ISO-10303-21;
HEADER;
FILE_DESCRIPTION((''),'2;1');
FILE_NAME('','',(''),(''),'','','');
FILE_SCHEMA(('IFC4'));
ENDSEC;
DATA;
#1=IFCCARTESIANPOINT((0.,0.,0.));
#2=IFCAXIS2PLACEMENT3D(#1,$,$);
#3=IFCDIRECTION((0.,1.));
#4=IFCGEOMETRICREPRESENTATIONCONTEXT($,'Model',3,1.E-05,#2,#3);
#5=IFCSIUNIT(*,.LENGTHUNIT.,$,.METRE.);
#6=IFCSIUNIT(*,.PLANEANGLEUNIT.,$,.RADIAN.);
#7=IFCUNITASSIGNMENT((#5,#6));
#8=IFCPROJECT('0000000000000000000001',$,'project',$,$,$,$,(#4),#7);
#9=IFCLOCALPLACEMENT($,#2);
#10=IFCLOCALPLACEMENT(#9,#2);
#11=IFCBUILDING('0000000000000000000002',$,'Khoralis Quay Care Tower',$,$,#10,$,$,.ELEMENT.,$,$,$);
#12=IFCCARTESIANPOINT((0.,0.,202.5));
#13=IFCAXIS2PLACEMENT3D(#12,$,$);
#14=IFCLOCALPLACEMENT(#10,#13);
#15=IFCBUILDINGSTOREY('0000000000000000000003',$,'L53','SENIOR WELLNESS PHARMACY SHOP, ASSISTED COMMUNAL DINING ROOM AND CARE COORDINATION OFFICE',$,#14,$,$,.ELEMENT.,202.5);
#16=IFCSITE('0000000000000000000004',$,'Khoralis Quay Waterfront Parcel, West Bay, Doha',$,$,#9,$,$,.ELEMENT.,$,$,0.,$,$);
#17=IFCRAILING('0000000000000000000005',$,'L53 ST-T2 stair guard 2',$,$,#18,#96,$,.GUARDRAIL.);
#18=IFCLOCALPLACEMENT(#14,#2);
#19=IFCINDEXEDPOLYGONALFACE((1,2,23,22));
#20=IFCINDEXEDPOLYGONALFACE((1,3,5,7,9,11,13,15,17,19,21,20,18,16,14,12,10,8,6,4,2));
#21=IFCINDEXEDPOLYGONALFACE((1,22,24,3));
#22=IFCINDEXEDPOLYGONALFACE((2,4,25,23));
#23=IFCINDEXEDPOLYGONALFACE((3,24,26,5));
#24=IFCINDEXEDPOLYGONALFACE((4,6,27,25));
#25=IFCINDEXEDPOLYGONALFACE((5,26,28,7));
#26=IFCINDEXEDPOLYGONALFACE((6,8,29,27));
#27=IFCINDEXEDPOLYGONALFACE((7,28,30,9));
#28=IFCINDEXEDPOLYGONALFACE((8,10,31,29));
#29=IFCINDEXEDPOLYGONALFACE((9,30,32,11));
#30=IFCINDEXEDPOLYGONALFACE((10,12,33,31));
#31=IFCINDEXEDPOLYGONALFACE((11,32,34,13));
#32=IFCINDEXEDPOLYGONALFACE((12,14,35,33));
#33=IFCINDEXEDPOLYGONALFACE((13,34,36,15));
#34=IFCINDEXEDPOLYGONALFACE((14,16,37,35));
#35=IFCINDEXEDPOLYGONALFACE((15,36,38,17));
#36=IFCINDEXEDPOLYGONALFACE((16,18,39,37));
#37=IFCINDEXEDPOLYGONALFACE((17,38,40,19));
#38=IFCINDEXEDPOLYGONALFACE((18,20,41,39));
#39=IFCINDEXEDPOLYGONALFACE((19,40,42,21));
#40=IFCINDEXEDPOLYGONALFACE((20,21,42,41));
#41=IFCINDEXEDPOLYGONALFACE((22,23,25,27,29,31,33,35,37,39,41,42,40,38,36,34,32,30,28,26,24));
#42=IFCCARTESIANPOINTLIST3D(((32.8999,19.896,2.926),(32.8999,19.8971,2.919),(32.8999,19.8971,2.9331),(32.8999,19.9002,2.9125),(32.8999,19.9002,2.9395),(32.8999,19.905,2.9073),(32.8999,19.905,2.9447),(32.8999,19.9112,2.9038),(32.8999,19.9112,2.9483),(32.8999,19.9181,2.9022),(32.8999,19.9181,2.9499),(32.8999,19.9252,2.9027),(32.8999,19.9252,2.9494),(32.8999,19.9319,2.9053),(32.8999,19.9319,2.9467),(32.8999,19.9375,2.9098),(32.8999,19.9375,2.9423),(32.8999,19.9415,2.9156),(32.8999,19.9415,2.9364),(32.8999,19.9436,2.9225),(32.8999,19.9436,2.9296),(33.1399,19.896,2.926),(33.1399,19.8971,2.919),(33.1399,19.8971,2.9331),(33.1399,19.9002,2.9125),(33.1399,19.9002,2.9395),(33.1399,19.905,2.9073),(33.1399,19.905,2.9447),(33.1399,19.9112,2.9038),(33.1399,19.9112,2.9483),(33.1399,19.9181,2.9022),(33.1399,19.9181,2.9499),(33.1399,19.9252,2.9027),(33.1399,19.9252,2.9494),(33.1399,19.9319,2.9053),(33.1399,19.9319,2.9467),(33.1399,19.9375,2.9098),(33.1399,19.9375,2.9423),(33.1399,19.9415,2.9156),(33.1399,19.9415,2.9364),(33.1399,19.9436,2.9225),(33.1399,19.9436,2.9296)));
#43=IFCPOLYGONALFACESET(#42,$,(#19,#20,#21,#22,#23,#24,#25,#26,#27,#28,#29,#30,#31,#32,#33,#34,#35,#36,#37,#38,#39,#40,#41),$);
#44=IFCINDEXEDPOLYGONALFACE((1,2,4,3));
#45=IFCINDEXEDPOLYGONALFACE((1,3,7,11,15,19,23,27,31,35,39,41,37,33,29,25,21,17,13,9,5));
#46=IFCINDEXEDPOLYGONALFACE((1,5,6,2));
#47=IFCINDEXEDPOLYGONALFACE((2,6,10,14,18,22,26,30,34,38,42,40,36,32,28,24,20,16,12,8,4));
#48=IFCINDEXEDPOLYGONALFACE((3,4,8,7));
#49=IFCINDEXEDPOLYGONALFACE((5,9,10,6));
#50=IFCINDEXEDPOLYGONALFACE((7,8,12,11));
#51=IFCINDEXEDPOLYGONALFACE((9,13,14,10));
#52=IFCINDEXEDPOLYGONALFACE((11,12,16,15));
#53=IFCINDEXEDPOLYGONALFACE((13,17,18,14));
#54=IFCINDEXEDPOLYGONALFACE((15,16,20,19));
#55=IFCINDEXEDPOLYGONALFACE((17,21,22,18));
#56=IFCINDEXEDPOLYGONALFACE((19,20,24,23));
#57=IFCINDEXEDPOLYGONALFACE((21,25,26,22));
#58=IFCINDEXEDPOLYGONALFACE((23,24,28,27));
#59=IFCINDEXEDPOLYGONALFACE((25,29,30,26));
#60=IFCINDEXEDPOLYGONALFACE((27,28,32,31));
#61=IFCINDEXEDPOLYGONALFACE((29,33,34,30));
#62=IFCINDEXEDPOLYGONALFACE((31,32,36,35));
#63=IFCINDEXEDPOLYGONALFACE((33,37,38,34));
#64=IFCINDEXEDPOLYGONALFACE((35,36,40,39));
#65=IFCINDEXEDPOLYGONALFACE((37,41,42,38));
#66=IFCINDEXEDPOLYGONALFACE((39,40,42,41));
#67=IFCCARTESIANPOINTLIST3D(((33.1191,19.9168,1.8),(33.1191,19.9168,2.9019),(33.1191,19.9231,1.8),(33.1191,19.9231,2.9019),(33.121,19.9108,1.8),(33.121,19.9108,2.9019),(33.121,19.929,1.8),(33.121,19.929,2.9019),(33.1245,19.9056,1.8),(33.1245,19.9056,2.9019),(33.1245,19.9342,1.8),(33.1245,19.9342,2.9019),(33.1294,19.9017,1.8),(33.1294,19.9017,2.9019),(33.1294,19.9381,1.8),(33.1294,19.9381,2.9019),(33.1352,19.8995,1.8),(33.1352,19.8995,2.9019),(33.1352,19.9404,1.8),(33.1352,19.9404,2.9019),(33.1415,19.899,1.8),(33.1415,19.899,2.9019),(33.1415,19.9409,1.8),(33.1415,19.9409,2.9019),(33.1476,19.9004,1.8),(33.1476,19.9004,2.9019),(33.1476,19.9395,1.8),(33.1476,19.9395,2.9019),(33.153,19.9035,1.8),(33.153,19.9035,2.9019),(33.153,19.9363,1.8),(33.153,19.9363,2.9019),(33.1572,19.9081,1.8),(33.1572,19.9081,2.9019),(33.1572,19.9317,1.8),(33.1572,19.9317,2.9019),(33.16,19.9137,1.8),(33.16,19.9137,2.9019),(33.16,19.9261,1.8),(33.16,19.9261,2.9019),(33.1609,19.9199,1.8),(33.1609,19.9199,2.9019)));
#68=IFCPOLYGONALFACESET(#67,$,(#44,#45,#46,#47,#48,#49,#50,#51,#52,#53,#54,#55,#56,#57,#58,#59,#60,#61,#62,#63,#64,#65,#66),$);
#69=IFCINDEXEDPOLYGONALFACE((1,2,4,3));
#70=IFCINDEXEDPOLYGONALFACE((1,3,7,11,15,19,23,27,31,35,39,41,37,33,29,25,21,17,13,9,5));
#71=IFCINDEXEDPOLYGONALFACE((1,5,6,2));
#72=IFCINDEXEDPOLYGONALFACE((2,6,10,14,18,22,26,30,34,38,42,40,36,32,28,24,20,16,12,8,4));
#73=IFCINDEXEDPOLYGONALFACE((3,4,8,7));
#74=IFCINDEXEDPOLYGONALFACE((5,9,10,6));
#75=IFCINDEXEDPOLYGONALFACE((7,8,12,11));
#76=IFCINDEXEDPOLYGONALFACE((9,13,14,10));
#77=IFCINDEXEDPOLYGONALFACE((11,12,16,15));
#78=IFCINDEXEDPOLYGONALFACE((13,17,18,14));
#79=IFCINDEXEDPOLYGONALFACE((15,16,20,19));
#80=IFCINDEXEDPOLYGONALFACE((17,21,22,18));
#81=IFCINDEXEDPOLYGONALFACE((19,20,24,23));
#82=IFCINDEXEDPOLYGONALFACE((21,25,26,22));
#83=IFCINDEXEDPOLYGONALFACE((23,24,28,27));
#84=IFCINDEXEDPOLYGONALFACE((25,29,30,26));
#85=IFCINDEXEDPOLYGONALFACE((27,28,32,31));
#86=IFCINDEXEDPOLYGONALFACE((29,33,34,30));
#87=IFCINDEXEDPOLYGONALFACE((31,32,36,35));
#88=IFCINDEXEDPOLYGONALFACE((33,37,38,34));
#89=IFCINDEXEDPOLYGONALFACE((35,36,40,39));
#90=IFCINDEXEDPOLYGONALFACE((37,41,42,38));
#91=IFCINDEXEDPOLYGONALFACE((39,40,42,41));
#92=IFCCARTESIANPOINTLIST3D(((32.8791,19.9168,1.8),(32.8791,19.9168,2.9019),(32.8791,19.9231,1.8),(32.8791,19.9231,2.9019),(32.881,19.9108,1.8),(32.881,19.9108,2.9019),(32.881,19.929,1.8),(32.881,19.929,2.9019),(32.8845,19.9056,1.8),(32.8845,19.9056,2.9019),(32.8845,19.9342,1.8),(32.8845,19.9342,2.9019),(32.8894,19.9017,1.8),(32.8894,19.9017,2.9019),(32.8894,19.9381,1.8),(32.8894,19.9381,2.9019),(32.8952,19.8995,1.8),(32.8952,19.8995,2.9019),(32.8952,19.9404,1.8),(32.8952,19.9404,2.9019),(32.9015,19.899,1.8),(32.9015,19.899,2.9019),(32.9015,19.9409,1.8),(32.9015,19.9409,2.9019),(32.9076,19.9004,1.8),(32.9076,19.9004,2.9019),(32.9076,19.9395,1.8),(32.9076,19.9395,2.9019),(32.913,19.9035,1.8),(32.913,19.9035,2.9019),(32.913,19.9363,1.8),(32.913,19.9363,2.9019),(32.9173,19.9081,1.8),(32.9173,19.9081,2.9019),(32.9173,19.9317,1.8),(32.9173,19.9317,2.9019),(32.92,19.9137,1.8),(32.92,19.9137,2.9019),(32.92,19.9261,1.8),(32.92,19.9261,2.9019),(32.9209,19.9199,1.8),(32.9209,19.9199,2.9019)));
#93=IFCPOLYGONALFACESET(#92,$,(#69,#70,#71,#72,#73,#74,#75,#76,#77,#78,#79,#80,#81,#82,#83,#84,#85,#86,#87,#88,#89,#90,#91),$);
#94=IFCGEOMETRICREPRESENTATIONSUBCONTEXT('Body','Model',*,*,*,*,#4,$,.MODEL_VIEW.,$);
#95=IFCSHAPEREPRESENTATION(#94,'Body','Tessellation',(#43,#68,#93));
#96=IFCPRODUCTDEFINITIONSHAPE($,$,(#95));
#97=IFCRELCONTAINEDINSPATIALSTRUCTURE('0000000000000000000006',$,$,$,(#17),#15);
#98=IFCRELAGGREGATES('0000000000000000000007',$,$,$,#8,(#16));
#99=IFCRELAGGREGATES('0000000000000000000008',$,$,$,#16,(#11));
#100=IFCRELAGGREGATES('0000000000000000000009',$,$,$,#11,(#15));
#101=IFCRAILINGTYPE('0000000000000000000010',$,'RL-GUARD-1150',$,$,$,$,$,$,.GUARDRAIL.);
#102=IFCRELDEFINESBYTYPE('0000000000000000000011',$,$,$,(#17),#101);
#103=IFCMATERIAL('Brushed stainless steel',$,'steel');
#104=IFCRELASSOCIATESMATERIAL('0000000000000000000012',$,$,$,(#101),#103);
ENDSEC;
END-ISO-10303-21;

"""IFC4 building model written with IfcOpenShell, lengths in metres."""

from ifc_helpers import new_model, si_unit, direction, frame, origin, origin_2d, place, context, subcontext, project, spatial, circle, extrude, material, type_object, element, save


model = new_model("IFC4")

# Units and contexts
model_context = context("Model", 3, precision=1e-05, world=origin(), true_north=direction((0.0, 1.0)))
body_context = subcontext(model_context, "Body", "Model", "MODEL_VIEW")
ifc_project = project(units=[si_unit("LENGTHUNIT", "METRE"), si_unit("PLANEANGLEUNIT", "RADIAN")], contexts=[model_context])

# Site, building, storey
site_placement = place(None, origin())
site = spatial("IfcSite", under=ifc_project, at=site_placement, Name="Khoralis Quay Waterfront Parcel, West Bay, Doha", CompositionType="ELEMENT", RefElevation=0.0)
building_placement = place(site_placement, origin())
building = spatial("IfcBuilding", under=site, at=building_placement, Name="Khoralis Quay Care Tower", CompositionType="ELEMENT")
storey_placement = place(building_placement, frame((0.0, 0.0, 202.5)))
storey = spatial("IfcBuildingStorey", under=building, at=storey_placement, Name="L53", Description="SENIOR WELLNESS PHARMACY SHOP, ASSISTED COMMUNAL DINING ROOM AND CARE COORDINATION OFFICE", CompositionType="ELEMENT", Elevation=202.5)

# Railing
ifc_material_1 = material(Name="Brushed stainless steel", Category="steel")
railing_type = type_object("IfcRailingType", Name="RL-GUARD-1150", PredefinedType="GUARDRAIL", material=ifc_material_1)
railing_1_placement = place(storey_placement, frame((33.1399, 19.9199, 1.8)))
element("IfcRailing", 1, at=railing_1_placement, inside=storey, type_object=railing_type, Name="L53 ST-T2 stair guard 2", PredefinedType="GUARDRAIL", context=body_context, shape_type="SweptSolid", body=[
    extrude(circle(Radius=0.0239, at=origin_2d()), frame((0.0, 0.0, 1.126), z_axis=(-1.0, 0.0, 0.0), x_axis=(0.0, -1.0, 0.0)), (0.0, 0.0, 1.0), 0.24),
    extrude(circle(Radius=0.021, at=origin_2d()), origin(), (0.0, 0.0, 1.0), 1.1018),
    extrude(circle(Radius=0.021, at=origin_2d()), frame((-0.24, 0.0, 0.0)), (0.0, 0.0, 1.0), 1.1018),
])

save(model, "model.ifc")
